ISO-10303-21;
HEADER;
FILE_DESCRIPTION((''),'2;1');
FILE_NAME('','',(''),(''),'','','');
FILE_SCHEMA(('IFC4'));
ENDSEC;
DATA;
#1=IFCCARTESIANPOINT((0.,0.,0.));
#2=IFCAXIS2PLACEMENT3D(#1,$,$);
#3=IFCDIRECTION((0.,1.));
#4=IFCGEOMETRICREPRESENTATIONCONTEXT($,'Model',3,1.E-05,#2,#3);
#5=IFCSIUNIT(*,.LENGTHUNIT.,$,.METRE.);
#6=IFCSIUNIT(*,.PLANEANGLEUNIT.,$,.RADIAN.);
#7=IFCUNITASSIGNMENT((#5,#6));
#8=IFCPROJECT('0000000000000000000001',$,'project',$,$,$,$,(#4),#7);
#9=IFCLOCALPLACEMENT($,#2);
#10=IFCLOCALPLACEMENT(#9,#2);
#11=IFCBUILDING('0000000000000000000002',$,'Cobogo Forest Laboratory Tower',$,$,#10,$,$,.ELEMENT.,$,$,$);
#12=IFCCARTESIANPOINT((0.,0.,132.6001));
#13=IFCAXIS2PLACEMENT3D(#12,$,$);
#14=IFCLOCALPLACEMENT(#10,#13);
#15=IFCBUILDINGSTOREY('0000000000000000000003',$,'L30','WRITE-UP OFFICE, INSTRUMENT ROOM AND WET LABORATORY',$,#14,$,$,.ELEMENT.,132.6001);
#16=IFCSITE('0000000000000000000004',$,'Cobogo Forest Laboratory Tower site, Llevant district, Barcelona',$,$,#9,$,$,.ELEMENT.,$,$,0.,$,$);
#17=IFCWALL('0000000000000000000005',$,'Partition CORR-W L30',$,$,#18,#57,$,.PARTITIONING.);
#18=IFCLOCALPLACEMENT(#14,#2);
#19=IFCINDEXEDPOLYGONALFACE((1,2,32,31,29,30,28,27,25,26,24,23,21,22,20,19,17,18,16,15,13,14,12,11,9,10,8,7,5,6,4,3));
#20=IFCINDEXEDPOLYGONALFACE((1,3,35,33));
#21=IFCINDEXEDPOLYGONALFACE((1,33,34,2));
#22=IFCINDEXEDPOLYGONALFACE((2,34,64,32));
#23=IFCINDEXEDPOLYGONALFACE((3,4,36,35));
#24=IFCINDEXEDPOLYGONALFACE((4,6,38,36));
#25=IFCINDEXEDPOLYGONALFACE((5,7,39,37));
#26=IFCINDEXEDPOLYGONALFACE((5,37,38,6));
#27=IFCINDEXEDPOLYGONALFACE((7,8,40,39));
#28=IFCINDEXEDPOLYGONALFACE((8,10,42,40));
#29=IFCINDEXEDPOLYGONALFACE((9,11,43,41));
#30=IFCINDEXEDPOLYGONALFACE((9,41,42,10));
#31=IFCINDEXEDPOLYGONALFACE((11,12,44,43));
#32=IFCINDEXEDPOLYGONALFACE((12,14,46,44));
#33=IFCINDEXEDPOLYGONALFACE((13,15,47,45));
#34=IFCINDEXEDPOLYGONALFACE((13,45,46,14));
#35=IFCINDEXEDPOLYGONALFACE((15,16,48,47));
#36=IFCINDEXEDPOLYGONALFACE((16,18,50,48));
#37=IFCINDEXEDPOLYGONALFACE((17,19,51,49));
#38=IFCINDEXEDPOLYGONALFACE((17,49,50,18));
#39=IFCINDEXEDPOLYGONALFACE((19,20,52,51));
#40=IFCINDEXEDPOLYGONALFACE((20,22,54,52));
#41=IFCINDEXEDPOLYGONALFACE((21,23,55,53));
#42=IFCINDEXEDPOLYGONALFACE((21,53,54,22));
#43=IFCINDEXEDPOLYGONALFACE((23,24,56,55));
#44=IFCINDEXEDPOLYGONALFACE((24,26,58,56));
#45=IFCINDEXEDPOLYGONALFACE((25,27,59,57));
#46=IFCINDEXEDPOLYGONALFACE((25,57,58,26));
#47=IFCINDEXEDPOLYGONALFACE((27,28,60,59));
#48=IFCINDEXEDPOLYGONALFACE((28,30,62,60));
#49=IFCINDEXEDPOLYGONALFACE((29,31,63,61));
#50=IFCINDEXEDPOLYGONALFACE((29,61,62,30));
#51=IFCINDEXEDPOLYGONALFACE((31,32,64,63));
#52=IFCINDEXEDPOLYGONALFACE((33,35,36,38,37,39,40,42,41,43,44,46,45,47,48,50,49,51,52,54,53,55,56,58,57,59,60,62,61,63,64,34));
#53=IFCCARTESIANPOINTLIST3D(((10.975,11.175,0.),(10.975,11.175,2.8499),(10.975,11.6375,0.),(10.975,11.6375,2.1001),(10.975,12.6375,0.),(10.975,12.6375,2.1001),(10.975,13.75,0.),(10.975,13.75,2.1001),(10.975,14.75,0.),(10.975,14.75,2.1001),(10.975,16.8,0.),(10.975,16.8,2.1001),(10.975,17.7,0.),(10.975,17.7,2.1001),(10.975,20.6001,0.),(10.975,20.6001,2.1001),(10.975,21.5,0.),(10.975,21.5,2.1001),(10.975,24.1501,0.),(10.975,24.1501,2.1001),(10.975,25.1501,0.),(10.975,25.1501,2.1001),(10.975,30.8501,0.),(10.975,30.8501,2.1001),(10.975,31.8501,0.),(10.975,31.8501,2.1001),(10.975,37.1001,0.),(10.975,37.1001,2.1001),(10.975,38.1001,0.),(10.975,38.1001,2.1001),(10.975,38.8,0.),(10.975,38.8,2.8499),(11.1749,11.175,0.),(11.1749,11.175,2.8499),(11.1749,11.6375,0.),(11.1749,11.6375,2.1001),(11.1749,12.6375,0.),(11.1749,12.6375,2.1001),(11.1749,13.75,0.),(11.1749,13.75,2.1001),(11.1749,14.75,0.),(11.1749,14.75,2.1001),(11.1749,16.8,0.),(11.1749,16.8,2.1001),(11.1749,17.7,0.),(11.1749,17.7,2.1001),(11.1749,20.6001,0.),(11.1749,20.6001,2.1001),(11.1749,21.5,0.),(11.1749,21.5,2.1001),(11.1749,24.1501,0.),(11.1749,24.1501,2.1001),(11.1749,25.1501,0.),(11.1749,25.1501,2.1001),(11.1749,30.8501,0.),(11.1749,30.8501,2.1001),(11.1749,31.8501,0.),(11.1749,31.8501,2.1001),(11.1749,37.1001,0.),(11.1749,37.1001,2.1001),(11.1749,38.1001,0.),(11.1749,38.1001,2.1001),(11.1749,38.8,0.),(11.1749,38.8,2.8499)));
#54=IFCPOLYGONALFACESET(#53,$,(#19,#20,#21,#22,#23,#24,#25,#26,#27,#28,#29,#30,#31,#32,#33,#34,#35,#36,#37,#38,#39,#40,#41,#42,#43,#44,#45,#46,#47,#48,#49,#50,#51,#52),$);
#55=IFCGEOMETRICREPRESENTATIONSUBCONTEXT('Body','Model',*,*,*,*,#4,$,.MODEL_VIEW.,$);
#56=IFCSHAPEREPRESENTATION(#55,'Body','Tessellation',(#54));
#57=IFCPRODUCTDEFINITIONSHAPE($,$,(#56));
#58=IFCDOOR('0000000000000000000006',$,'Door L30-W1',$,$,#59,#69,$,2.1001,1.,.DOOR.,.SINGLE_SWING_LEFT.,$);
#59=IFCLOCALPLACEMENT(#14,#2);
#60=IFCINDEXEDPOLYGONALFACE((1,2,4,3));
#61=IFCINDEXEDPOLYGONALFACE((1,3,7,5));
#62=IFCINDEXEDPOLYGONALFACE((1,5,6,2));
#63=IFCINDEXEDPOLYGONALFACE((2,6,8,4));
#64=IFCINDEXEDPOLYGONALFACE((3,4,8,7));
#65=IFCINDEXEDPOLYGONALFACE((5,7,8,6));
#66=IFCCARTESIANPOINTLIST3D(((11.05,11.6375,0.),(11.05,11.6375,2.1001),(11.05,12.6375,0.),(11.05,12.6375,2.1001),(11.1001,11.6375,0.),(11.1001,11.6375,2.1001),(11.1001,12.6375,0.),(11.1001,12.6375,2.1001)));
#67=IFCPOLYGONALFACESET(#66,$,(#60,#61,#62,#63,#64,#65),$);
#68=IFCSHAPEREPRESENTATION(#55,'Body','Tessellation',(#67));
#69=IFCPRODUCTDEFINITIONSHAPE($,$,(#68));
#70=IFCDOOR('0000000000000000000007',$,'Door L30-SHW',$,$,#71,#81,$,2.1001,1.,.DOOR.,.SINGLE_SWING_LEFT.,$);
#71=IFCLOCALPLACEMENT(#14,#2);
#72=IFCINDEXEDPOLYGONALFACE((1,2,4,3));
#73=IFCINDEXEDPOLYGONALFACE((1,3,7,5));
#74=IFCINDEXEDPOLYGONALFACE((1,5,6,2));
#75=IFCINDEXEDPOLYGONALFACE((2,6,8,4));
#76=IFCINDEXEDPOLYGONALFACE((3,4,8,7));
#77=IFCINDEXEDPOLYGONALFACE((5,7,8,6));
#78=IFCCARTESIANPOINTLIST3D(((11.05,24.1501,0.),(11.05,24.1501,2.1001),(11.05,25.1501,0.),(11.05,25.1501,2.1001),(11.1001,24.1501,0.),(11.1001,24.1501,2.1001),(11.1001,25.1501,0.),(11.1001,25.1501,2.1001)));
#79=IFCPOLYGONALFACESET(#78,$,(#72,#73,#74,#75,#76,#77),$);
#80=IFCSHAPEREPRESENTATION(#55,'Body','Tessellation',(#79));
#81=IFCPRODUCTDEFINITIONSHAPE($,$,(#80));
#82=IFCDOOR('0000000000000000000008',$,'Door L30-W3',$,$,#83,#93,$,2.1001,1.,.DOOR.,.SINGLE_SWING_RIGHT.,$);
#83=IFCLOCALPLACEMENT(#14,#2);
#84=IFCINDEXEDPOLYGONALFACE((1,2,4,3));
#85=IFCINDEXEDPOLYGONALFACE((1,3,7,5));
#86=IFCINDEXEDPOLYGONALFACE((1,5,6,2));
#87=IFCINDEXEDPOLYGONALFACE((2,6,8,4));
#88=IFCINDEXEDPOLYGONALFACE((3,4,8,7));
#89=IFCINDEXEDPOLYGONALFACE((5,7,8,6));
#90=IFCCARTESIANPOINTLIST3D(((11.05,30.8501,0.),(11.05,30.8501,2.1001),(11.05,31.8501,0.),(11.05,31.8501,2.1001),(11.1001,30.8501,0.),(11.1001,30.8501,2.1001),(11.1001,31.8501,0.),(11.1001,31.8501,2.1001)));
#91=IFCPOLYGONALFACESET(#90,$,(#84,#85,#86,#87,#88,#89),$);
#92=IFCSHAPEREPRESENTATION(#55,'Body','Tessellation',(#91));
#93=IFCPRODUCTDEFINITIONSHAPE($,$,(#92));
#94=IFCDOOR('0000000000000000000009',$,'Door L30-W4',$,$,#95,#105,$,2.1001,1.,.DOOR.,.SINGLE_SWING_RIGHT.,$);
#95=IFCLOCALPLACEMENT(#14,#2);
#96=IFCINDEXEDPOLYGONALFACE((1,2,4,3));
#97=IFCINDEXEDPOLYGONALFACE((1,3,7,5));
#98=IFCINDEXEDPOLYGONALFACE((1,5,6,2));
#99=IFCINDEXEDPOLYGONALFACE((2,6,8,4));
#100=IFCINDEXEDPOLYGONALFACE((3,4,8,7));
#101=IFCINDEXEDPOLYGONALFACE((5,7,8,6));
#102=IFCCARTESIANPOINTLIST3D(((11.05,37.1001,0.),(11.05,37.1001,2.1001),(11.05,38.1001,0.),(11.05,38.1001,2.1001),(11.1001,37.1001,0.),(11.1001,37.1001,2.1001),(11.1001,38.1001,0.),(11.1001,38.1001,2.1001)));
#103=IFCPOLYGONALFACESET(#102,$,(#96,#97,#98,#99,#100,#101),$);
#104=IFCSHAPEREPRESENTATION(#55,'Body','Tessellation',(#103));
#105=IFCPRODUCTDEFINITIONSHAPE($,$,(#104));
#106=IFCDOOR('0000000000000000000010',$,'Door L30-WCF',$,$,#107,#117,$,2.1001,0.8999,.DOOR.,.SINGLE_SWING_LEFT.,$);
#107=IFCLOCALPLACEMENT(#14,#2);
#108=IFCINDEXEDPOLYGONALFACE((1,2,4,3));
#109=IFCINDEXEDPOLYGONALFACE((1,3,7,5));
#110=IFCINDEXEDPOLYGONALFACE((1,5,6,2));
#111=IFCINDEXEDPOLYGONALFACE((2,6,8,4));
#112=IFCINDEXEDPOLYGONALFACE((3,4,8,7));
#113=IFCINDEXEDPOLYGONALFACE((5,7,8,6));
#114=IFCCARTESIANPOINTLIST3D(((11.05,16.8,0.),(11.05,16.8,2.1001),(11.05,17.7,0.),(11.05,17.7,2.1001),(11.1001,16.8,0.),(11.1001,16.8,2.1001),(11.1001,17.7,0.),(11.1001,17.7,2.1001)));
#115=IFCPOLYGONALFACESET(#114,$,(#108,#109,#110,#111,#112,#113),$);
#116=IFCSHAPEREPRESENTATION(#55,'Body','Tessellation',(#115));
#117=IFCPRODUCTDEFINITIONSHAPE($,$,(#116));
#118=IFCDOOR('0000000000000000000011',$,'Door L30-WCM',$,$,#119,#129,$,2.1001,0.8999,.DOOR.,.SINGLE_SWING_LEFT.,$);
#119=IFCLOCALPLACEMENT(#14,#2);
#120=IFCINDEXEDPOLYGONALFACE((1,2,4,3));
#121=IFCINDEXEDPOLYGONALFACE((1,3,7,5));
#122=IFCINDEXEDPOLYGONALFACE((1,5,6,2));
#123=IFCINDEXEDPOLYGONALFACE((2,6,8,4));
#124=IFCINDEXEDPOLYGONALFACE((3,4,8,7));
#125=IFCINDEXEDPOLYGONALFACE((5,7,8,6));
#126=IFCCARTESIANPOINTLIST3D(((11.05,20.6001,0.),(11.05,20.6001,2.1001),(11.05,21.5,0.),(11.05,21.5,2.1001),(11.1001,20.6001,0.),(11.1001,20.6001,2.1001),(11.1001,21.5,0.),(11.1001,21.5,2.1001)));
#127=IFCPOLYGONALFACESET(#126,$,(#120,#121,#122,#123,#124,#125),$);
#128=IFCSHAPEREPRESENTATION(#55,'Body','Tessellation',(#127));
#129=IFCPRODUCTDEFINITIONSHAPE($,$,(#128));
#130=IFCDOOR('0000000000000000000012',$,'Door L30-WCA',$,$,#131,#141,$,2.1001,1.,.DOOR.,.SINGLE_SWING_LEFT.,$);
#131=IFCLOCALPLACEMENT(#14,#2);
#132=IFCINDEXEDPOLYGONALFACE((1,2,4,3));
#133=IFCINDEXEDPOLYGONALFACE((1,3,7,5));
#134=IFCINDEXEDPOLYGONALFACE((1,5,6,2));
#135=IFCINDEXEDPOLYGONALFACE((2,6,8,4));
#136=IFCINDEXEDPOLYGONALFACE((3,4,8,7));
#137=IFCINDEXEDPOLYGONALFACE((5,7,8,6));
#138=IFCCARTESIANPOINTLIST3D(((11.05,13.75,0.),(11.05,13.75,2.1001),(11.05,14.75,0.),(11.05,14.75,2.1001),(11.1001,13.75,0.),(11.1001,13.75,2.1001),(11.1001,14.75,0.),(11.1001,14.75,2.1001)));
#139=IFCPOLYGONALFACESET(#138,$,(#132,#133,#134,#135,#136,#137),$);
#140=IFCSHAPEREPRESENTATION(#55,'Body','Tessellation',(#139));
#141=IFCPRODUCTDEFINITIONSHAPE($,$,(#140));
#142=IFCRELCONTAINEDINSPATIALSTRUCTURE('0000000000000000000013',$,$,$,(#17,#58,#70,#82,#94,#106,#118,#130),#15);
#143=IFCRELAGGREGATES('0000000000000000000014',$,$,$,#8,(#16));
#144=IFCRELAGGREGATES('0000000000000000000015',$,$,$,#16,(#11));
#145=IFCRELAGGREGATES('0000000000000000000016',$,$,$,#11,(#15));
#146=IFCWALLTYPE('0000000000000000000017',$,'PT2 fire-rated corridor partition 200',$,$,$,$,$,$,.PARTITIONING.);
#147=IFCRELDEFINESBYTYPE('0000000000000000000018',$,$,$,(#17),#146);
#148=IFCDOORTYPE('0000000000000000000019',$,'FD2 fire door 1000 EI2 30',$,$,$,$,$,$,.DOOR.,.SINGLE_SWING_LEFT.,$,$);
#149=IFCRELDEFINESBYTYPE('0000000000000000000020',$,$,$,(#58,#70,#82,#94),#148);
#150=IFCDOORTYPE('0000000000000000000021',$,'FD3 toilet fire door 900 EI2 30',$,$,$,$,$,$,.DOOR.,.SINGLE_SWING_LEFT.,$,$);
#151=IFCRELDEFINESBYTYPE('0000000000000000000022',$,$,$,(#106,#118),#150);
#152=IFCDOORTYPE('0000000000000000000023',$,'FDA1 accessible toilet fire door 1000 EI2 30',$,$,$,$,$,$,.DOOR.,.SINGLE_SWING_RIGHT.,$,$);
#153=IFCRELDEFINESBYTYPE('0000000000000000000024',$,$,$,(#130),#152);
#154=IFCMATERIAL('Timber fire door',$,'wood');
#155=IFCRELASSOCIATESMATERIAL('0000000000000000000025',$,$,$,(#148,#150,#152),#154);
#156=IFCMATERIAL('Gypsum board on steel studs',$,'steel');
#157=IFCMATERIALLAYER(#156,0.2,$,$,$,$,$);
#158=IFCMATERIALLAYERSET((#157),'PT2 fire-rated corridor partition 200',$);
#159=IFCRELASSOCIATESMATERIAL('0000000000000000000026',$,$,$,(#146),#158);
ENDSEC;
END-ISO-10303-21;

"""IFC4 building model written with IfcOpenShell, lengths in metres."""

from ifc_helpers import new_model, si_unit, direction, frame, frame_2d, origin, place, context, subcontext, project, spatial, rectangle, extrude, material, layer, layer_set, type_object, element, fill, save


model = new_model("IFC4")

# Units and contexts
model_context = context("Model", 3, precision=1e-05, world=origin(), true_north=direction((0.0, 1.0)))
body_context = subcontext(model_context, "Body", "Model", "MODEL_VIEW")
ifc_project = project(units=[si_unit("LENGTHUNIT", "METRE"), si_unit("PLANEANGLEUNIT", "RADIAN")], contexts=[model_context])

# Site, building, storey
site_placement = place(None, origin())
site = spatial("IfcSite", under=ifc_project, at=site_placement, Name="Cobogo Forest Laboratory Tower site, Llevant district, Barcelona", CompositionType="ELEMENT", RefElevation=0.0)
building_placement = place(site_placement, origin())
building = spatial("IfcBuilding", under=site, at=building_placement, Name="Cobogo Forest Laboratory Tower", CompositionType="ELEMENT")
storey_placement = place(building_placement, frame((0.0, 0.0, 132.6001)))
storey = spatial("IfcBuildingStorey", under=building, at=storey_placement, Name="L30", Description="WRITE-UP OFFICE, INSTRUMENT ROOM AND WET LABORATORY", CompositionType="ELEMENT", Elevation=132.6001)

# Shared definitions
ifc_material_1 = material(Name="Gypsum board on steel studs", Category="steel")
ifc_material_2 = material(Name="Timber fire door", Category="wood")
door_type_1 = type_object("IfcDoorType", Name="FD2 fire door 1000 EI2 30", OperationType="SINGLE_SWING_LEFT", PredefinedType="DOOR", material=ifc_material_2)

# Wall, openings, doors
ifc_layer_1 = layer(ifc_material_1, 0.2)
ifc_layer_set_1 = layer_set([ifc_layer_1], Name="PT2 fire-rated corridor partition 200")
wall_type_1 = type_object("IfcWallType", Name="PT2 fire-rated corridor partition 200", PredefinedType="PARTITIONING", material=ifc_layer_set_1)
wall_1_placement = place(storey_placement, frame((11.075, 11.175, 0.0), z_axis=(0.0, 0.0, 1.0), x_axis=(0.0, 1.0, 0.0)))
wall_1 = element("IfcWall", 1, at=wall_1_placement, inside=storey, type_object=wall_type_1, Name="Partition CORR-W L30", PredefinedType="PARTITIONING", context=body_context, shape_type="SweptSolid", body=[
    extrude(rectangle(XDim=27.625, YDim=0.2, at=frame_2d((13.8125, 0.0))), origin(), (0.0, 0.0, 1.0), 2.8499),
])
opening_1_placement = place(wall_1_placement, frame((0.4624, 0.0, 0.0)))
opening_1 = element("IfcOpeningElement", 2, at=opening_1_placement, cuts=wall_1, PredefinedType="OPENING", context=body_context, shape_type="SweptSolid", body=[
    extrude(rectangle(XDim=1.0, YDim=2.1001, at=frame_2d((0.5, 1.05))), frame((0.0, 0.1099, 0.0), z_axis=(0.0, -1.0, 0.0), x_axis=(1.0, 0.0, 0.0)), (0.0, 0.0, 1.0), 0.22),
])
opening_2_placement = place(wall_1_placement, frame((2.575, 0.0, 0.0)))
opening_2 = element("IfcOpeningElement", 3, at=opening_2_placement, cuts=wall_1, PredefinedType="OPENING", context=body_context, shape_type="SweptSolid", body=[
    extrude(rectangle(XDim=1.0, YDim=2.1001, at=frame_2d((0.5, 1.05))), frame((0.0, 0.1099, 0.0), z_axis=(0.0, -1.0, 0.0), x_axis=(1.0, 0.0, 0.0)), (0.0, 0.0, 1.0), 0.22),
])
opening_3_placement = place(wall_1_placement, frame((5.625, 0.0, 0.0)))
opening_3 = element("IfcOpeningElement", 4, at=opening_3_placement, cuts=wall_1, PredefinedType="OPENING", context=body_context, shape_type="SweptSolid", body=[
    extrude(rectangle(XDim=0.8999, YDim=2.1001, at=frame_2d((0.45, 1.05))), frame((0.0, 0.1099, 0.0), z_axis=(0.0, -1.0, 0.0), x_axis=(1.0, 0.0, 0.0)), (0.0, 0.0, 1.0), 0.22),
])
opening_4_placement = place(wall_1_placement, frame((9.425, 0.0, 0.0)))
opening_4 = element("IfcOpeningElement", 5, at=opening_4_placement, cuts=wall_1, PredefinedType="OPENING", context=body_context, shape_type="SweptSolid", body=[
    extrude(rectangle(XDim=0.8999, YDim=2.1001, at=frame_2d((0.45, 1.05))), frame((0.0, 0.1099, 0.0), z_axis=(0.0, -1.0, 0.0), x_axis=(1.0, 0.0, 0.0)), (0.0, 0.0, 1.0), 0.22),
])
opening_5_placement = place(wall_1_placement, frame((12.9751, 0.0, 0.0)))
opening_5 = element("IfcOpeningElement", 6, at=opening_5_placement, cuts=wall_1, PredefinedType="OPENING", context=body_context, shape_type="SweptSolid", body=[
    extrude(rectangle(XDim=1.0, YDim=2.1001, at=frame_2d((0.5, 1.05))), frame((0.0, 0.1099, 0.0), z_axis=(0.0, -1.0, 0.0), x_axis=(1.0, 0.0, 0.0)), (0.0, 0.0, 1.0), 0.22),
])
opening_6_placement = place(wall_1_placement, frame((19.675, 0.0, 0.0)))
opening_6 = element("IfcOpeningElement", 7, at=opening_6_placement, cuts=wall_1, PredefinedType="OPENING", context=body_context, shape_type="SweptSolid", body=[
    extrude(rectangle(XDim=1.0, YDim=2.1001, at=frame_2d((0.5, 1.05))), frame((0.0, 0.1099, 0.0), z_axis=(0.0, -1.0, 0.0), x_axis=(1.0, 0.0, 0.0)), (0.0, 0.0, 1.0), 0.22),
])
opening_7_placement = place(wall_1_placement, frame((25.925, 0.0, 0.0)))
opening_7 = element("IfcOpeningElement", 8, at=opening_7_placement, cuts=wall_1, PredefinedType="OPENING", context=body_context, shape_type="SweptSolid", body=[
    extrude(rectangle(XDim=1.0, YDim=2.1001, at=frame_2d((0.5, 1.05))), frame((0.0, 0.1099, 0.0), z_axis=(0.0, -1.0, 0.0), x_axis=(1.0, 0.0, 0.0)), (0.0, 0.0, 1.0), 0.22),
])
door_1_placement = place(opening_1_placement, origin())
door_1 = element("IfcDoor", 9, at=door_1_placement, inside=storey, type_object=door_type_1, Name="Door L30-W1", OperationType="SINGLE_SWING_LEFT", OverallHeight=2.1001, OverallWidth=1.0, PredefinedType="DOOR", context=body_context, shape_type="SweptSolid", body=[
    extrude(rectangle(XDim=1.0, YDim=2.1001, at=frame_2d((0.5, 1.05))), frame((0.0, 0.0249, 0.0), z_axis=(0.0, -1.0, 0.0), x_axis=(1.0, 0.0, 0.0)), (0.0, 0.0, 1.0), 0.05),
])
fill(opening_1, door_1)
door_2_placement = place(opening_5_placement, origin())
door_2 = element("IfcDoor", 10, at=door_2_placement, inside=storey, type_object=door_type_1, Name="Door L30-SHW", OperationType="SINGLE_SWING_LEFT", OverallHeight=2.1001, OverallWidth=1.0, PredefinedType="DOOR", context=body_context, shape_type="SweptSolid", body=[
    extrude(rectangle(XDim=1.0, YDim=2.1001, at=frame_2d((0.5, 1.05))), frame((0.0, 0.0249, 0.0), z_axis=(0.0, -1.0, 0.0), x_axis=(1.0, 0.0, 0.0)), (0.0, 0.0, 1.0), 0.05),
])
fill(opening_5, door_2)
door_3_placement = place(opening_6_placement, origin())
door_3 = element("IfcDoor", 11, at=door_3_placement, inside=storey, type_object=door_type_1, Name="Door L30-W3", OperationType="SINGLE_SWING_RIGHT", OverallHeight=2.1001, OverallWidth=1.0, PredefinedType="DOOR", context=body_context, shape_type="SweptSolid", body=[
    extrude(rectangle(XDim=1.0, YDim=2.1001, at=frame_2d((0.5, 1.05))), frame((0.0, 0.0249, 0.0), z_axis=(0.0, -1.0, 0.0), x_axis=(1.0, 0.0, 0.0)), (0.0, 0.0, 1.0), 0.05),
])
fill(opening_6, door_3)
door_4_placement = place(opening_7_placement, origin())
door_4 = element("IfcDoor", 12, at=door_4_placement, inside=storey, type_object=door_type_1, Name="Door L30-W4", OperationType="SINGLE_SWING_RIGHT", OverallHeight=2.1001, OverallWidth=1.0, PredefinedType="DOOR", context=body_context, shape_type="SweptSolid", body=[
    extrude(rectangle(XDim=1.0, YDim=2.1001, at=frame_2d((0.5, 1.05))), frame((0.0, 0.0249, 0.0), z_axis=(0.0, -1.0, 0.0), x_axis=(1.0, 0.0, 0.0)), (0.0, 0.0, 1.0), 0.05),
])
fill(opening_7, door_4)
door_type_2 = type_object("IfcDoorType", Name="FD3 toilet fire door 900 EI2 30", OperationType="SINGLE_SWING_LEFT", PredefinedType="DOOR", material=ifc_material_2)
door_5_placement = place(opening_3_placement, origin())
door_5 = element("IfcDoor", 13, at=door_5_placement, inside=storey, type_object=door_type_2, Name="Door L30-WCF", OperationType="SINGLE_SWING_LEFT", OverallHeight=2.1001, OverallWidth=0.8999, PredefinedType="DOOR", context=body_context, shape_type="SweptSolid", body=[
    extrude(rectangle(XDim=0.8999, YDim=2.1001, at=frame_2d((0.45, 1.05))), frame((0.0, 0.0249, 0.0), z_axis=(0.0, -1.0, 0.0), x_axis=(1.0, 0.0, 0.0)), (0.0, 0.0, 1.0), 0.05),
])
fill(opening_3, door_5)
door_6_placement = place(opening_4_placement, origin())
door_6 = element("IfcDoor", 14, at=door_6_placement, inside=storey, type_object=door_type_2, Name="Door L30-WCM", OperationType="SINGLE_SWING_LEFT", OverallHeight=2.1001, OverallWidth=0.8999, PredefinedType="DOOR", context=body_context, shape_type="SweptSolid", body=[
    extrude(rectangle(XDim=0.8999, YDim=2.1001, at=frame_2d((0.45, 1.05))), frame((0.0, 0.0249, 0.0), z_axis=(0.0, -1.0, 0.0), x_axis=(1.0, 0.0, 0.0)), (0.0, 0.0, 1.0), 0.05),
])
fill(opening_4, door_6)
door_type_3 = type_object("IfcDoorType", Name="FDA1 accessible toilet fire door 1000 EI2 30", OperationType="SINGLE_SWING_RIGHT", PredefinedType="DOOR", material=ifc_material_2)
door_7_placement = place(opening_2_placement, origin())
door_7 = element("IfcDoor", 15, at=door_7_placement, inside=storey, type_object=door_type_3, Name="Door L30-WCA", OperationType="SINGLE_SWING_LEFT", OverallHeight=2.1001, OverallWidth=1.0, PredefinedType="DOOR", context=body_context, shape_type="SweptSolid", body=[
    extrude(rectangle(XDim=1.0, YDim=2.1001, at=frame_2d((0.5, 1.05))), frame((0.0, 0.0249, 0.0), z_axis=(0.0, -1.0, 0.0), x_axis=(1.0, 0.0, 0.0)), (0.0, 0.0, 1.0), 0.05),
])
fill(opening_2, door_7)

save(model, "model.ifc")
